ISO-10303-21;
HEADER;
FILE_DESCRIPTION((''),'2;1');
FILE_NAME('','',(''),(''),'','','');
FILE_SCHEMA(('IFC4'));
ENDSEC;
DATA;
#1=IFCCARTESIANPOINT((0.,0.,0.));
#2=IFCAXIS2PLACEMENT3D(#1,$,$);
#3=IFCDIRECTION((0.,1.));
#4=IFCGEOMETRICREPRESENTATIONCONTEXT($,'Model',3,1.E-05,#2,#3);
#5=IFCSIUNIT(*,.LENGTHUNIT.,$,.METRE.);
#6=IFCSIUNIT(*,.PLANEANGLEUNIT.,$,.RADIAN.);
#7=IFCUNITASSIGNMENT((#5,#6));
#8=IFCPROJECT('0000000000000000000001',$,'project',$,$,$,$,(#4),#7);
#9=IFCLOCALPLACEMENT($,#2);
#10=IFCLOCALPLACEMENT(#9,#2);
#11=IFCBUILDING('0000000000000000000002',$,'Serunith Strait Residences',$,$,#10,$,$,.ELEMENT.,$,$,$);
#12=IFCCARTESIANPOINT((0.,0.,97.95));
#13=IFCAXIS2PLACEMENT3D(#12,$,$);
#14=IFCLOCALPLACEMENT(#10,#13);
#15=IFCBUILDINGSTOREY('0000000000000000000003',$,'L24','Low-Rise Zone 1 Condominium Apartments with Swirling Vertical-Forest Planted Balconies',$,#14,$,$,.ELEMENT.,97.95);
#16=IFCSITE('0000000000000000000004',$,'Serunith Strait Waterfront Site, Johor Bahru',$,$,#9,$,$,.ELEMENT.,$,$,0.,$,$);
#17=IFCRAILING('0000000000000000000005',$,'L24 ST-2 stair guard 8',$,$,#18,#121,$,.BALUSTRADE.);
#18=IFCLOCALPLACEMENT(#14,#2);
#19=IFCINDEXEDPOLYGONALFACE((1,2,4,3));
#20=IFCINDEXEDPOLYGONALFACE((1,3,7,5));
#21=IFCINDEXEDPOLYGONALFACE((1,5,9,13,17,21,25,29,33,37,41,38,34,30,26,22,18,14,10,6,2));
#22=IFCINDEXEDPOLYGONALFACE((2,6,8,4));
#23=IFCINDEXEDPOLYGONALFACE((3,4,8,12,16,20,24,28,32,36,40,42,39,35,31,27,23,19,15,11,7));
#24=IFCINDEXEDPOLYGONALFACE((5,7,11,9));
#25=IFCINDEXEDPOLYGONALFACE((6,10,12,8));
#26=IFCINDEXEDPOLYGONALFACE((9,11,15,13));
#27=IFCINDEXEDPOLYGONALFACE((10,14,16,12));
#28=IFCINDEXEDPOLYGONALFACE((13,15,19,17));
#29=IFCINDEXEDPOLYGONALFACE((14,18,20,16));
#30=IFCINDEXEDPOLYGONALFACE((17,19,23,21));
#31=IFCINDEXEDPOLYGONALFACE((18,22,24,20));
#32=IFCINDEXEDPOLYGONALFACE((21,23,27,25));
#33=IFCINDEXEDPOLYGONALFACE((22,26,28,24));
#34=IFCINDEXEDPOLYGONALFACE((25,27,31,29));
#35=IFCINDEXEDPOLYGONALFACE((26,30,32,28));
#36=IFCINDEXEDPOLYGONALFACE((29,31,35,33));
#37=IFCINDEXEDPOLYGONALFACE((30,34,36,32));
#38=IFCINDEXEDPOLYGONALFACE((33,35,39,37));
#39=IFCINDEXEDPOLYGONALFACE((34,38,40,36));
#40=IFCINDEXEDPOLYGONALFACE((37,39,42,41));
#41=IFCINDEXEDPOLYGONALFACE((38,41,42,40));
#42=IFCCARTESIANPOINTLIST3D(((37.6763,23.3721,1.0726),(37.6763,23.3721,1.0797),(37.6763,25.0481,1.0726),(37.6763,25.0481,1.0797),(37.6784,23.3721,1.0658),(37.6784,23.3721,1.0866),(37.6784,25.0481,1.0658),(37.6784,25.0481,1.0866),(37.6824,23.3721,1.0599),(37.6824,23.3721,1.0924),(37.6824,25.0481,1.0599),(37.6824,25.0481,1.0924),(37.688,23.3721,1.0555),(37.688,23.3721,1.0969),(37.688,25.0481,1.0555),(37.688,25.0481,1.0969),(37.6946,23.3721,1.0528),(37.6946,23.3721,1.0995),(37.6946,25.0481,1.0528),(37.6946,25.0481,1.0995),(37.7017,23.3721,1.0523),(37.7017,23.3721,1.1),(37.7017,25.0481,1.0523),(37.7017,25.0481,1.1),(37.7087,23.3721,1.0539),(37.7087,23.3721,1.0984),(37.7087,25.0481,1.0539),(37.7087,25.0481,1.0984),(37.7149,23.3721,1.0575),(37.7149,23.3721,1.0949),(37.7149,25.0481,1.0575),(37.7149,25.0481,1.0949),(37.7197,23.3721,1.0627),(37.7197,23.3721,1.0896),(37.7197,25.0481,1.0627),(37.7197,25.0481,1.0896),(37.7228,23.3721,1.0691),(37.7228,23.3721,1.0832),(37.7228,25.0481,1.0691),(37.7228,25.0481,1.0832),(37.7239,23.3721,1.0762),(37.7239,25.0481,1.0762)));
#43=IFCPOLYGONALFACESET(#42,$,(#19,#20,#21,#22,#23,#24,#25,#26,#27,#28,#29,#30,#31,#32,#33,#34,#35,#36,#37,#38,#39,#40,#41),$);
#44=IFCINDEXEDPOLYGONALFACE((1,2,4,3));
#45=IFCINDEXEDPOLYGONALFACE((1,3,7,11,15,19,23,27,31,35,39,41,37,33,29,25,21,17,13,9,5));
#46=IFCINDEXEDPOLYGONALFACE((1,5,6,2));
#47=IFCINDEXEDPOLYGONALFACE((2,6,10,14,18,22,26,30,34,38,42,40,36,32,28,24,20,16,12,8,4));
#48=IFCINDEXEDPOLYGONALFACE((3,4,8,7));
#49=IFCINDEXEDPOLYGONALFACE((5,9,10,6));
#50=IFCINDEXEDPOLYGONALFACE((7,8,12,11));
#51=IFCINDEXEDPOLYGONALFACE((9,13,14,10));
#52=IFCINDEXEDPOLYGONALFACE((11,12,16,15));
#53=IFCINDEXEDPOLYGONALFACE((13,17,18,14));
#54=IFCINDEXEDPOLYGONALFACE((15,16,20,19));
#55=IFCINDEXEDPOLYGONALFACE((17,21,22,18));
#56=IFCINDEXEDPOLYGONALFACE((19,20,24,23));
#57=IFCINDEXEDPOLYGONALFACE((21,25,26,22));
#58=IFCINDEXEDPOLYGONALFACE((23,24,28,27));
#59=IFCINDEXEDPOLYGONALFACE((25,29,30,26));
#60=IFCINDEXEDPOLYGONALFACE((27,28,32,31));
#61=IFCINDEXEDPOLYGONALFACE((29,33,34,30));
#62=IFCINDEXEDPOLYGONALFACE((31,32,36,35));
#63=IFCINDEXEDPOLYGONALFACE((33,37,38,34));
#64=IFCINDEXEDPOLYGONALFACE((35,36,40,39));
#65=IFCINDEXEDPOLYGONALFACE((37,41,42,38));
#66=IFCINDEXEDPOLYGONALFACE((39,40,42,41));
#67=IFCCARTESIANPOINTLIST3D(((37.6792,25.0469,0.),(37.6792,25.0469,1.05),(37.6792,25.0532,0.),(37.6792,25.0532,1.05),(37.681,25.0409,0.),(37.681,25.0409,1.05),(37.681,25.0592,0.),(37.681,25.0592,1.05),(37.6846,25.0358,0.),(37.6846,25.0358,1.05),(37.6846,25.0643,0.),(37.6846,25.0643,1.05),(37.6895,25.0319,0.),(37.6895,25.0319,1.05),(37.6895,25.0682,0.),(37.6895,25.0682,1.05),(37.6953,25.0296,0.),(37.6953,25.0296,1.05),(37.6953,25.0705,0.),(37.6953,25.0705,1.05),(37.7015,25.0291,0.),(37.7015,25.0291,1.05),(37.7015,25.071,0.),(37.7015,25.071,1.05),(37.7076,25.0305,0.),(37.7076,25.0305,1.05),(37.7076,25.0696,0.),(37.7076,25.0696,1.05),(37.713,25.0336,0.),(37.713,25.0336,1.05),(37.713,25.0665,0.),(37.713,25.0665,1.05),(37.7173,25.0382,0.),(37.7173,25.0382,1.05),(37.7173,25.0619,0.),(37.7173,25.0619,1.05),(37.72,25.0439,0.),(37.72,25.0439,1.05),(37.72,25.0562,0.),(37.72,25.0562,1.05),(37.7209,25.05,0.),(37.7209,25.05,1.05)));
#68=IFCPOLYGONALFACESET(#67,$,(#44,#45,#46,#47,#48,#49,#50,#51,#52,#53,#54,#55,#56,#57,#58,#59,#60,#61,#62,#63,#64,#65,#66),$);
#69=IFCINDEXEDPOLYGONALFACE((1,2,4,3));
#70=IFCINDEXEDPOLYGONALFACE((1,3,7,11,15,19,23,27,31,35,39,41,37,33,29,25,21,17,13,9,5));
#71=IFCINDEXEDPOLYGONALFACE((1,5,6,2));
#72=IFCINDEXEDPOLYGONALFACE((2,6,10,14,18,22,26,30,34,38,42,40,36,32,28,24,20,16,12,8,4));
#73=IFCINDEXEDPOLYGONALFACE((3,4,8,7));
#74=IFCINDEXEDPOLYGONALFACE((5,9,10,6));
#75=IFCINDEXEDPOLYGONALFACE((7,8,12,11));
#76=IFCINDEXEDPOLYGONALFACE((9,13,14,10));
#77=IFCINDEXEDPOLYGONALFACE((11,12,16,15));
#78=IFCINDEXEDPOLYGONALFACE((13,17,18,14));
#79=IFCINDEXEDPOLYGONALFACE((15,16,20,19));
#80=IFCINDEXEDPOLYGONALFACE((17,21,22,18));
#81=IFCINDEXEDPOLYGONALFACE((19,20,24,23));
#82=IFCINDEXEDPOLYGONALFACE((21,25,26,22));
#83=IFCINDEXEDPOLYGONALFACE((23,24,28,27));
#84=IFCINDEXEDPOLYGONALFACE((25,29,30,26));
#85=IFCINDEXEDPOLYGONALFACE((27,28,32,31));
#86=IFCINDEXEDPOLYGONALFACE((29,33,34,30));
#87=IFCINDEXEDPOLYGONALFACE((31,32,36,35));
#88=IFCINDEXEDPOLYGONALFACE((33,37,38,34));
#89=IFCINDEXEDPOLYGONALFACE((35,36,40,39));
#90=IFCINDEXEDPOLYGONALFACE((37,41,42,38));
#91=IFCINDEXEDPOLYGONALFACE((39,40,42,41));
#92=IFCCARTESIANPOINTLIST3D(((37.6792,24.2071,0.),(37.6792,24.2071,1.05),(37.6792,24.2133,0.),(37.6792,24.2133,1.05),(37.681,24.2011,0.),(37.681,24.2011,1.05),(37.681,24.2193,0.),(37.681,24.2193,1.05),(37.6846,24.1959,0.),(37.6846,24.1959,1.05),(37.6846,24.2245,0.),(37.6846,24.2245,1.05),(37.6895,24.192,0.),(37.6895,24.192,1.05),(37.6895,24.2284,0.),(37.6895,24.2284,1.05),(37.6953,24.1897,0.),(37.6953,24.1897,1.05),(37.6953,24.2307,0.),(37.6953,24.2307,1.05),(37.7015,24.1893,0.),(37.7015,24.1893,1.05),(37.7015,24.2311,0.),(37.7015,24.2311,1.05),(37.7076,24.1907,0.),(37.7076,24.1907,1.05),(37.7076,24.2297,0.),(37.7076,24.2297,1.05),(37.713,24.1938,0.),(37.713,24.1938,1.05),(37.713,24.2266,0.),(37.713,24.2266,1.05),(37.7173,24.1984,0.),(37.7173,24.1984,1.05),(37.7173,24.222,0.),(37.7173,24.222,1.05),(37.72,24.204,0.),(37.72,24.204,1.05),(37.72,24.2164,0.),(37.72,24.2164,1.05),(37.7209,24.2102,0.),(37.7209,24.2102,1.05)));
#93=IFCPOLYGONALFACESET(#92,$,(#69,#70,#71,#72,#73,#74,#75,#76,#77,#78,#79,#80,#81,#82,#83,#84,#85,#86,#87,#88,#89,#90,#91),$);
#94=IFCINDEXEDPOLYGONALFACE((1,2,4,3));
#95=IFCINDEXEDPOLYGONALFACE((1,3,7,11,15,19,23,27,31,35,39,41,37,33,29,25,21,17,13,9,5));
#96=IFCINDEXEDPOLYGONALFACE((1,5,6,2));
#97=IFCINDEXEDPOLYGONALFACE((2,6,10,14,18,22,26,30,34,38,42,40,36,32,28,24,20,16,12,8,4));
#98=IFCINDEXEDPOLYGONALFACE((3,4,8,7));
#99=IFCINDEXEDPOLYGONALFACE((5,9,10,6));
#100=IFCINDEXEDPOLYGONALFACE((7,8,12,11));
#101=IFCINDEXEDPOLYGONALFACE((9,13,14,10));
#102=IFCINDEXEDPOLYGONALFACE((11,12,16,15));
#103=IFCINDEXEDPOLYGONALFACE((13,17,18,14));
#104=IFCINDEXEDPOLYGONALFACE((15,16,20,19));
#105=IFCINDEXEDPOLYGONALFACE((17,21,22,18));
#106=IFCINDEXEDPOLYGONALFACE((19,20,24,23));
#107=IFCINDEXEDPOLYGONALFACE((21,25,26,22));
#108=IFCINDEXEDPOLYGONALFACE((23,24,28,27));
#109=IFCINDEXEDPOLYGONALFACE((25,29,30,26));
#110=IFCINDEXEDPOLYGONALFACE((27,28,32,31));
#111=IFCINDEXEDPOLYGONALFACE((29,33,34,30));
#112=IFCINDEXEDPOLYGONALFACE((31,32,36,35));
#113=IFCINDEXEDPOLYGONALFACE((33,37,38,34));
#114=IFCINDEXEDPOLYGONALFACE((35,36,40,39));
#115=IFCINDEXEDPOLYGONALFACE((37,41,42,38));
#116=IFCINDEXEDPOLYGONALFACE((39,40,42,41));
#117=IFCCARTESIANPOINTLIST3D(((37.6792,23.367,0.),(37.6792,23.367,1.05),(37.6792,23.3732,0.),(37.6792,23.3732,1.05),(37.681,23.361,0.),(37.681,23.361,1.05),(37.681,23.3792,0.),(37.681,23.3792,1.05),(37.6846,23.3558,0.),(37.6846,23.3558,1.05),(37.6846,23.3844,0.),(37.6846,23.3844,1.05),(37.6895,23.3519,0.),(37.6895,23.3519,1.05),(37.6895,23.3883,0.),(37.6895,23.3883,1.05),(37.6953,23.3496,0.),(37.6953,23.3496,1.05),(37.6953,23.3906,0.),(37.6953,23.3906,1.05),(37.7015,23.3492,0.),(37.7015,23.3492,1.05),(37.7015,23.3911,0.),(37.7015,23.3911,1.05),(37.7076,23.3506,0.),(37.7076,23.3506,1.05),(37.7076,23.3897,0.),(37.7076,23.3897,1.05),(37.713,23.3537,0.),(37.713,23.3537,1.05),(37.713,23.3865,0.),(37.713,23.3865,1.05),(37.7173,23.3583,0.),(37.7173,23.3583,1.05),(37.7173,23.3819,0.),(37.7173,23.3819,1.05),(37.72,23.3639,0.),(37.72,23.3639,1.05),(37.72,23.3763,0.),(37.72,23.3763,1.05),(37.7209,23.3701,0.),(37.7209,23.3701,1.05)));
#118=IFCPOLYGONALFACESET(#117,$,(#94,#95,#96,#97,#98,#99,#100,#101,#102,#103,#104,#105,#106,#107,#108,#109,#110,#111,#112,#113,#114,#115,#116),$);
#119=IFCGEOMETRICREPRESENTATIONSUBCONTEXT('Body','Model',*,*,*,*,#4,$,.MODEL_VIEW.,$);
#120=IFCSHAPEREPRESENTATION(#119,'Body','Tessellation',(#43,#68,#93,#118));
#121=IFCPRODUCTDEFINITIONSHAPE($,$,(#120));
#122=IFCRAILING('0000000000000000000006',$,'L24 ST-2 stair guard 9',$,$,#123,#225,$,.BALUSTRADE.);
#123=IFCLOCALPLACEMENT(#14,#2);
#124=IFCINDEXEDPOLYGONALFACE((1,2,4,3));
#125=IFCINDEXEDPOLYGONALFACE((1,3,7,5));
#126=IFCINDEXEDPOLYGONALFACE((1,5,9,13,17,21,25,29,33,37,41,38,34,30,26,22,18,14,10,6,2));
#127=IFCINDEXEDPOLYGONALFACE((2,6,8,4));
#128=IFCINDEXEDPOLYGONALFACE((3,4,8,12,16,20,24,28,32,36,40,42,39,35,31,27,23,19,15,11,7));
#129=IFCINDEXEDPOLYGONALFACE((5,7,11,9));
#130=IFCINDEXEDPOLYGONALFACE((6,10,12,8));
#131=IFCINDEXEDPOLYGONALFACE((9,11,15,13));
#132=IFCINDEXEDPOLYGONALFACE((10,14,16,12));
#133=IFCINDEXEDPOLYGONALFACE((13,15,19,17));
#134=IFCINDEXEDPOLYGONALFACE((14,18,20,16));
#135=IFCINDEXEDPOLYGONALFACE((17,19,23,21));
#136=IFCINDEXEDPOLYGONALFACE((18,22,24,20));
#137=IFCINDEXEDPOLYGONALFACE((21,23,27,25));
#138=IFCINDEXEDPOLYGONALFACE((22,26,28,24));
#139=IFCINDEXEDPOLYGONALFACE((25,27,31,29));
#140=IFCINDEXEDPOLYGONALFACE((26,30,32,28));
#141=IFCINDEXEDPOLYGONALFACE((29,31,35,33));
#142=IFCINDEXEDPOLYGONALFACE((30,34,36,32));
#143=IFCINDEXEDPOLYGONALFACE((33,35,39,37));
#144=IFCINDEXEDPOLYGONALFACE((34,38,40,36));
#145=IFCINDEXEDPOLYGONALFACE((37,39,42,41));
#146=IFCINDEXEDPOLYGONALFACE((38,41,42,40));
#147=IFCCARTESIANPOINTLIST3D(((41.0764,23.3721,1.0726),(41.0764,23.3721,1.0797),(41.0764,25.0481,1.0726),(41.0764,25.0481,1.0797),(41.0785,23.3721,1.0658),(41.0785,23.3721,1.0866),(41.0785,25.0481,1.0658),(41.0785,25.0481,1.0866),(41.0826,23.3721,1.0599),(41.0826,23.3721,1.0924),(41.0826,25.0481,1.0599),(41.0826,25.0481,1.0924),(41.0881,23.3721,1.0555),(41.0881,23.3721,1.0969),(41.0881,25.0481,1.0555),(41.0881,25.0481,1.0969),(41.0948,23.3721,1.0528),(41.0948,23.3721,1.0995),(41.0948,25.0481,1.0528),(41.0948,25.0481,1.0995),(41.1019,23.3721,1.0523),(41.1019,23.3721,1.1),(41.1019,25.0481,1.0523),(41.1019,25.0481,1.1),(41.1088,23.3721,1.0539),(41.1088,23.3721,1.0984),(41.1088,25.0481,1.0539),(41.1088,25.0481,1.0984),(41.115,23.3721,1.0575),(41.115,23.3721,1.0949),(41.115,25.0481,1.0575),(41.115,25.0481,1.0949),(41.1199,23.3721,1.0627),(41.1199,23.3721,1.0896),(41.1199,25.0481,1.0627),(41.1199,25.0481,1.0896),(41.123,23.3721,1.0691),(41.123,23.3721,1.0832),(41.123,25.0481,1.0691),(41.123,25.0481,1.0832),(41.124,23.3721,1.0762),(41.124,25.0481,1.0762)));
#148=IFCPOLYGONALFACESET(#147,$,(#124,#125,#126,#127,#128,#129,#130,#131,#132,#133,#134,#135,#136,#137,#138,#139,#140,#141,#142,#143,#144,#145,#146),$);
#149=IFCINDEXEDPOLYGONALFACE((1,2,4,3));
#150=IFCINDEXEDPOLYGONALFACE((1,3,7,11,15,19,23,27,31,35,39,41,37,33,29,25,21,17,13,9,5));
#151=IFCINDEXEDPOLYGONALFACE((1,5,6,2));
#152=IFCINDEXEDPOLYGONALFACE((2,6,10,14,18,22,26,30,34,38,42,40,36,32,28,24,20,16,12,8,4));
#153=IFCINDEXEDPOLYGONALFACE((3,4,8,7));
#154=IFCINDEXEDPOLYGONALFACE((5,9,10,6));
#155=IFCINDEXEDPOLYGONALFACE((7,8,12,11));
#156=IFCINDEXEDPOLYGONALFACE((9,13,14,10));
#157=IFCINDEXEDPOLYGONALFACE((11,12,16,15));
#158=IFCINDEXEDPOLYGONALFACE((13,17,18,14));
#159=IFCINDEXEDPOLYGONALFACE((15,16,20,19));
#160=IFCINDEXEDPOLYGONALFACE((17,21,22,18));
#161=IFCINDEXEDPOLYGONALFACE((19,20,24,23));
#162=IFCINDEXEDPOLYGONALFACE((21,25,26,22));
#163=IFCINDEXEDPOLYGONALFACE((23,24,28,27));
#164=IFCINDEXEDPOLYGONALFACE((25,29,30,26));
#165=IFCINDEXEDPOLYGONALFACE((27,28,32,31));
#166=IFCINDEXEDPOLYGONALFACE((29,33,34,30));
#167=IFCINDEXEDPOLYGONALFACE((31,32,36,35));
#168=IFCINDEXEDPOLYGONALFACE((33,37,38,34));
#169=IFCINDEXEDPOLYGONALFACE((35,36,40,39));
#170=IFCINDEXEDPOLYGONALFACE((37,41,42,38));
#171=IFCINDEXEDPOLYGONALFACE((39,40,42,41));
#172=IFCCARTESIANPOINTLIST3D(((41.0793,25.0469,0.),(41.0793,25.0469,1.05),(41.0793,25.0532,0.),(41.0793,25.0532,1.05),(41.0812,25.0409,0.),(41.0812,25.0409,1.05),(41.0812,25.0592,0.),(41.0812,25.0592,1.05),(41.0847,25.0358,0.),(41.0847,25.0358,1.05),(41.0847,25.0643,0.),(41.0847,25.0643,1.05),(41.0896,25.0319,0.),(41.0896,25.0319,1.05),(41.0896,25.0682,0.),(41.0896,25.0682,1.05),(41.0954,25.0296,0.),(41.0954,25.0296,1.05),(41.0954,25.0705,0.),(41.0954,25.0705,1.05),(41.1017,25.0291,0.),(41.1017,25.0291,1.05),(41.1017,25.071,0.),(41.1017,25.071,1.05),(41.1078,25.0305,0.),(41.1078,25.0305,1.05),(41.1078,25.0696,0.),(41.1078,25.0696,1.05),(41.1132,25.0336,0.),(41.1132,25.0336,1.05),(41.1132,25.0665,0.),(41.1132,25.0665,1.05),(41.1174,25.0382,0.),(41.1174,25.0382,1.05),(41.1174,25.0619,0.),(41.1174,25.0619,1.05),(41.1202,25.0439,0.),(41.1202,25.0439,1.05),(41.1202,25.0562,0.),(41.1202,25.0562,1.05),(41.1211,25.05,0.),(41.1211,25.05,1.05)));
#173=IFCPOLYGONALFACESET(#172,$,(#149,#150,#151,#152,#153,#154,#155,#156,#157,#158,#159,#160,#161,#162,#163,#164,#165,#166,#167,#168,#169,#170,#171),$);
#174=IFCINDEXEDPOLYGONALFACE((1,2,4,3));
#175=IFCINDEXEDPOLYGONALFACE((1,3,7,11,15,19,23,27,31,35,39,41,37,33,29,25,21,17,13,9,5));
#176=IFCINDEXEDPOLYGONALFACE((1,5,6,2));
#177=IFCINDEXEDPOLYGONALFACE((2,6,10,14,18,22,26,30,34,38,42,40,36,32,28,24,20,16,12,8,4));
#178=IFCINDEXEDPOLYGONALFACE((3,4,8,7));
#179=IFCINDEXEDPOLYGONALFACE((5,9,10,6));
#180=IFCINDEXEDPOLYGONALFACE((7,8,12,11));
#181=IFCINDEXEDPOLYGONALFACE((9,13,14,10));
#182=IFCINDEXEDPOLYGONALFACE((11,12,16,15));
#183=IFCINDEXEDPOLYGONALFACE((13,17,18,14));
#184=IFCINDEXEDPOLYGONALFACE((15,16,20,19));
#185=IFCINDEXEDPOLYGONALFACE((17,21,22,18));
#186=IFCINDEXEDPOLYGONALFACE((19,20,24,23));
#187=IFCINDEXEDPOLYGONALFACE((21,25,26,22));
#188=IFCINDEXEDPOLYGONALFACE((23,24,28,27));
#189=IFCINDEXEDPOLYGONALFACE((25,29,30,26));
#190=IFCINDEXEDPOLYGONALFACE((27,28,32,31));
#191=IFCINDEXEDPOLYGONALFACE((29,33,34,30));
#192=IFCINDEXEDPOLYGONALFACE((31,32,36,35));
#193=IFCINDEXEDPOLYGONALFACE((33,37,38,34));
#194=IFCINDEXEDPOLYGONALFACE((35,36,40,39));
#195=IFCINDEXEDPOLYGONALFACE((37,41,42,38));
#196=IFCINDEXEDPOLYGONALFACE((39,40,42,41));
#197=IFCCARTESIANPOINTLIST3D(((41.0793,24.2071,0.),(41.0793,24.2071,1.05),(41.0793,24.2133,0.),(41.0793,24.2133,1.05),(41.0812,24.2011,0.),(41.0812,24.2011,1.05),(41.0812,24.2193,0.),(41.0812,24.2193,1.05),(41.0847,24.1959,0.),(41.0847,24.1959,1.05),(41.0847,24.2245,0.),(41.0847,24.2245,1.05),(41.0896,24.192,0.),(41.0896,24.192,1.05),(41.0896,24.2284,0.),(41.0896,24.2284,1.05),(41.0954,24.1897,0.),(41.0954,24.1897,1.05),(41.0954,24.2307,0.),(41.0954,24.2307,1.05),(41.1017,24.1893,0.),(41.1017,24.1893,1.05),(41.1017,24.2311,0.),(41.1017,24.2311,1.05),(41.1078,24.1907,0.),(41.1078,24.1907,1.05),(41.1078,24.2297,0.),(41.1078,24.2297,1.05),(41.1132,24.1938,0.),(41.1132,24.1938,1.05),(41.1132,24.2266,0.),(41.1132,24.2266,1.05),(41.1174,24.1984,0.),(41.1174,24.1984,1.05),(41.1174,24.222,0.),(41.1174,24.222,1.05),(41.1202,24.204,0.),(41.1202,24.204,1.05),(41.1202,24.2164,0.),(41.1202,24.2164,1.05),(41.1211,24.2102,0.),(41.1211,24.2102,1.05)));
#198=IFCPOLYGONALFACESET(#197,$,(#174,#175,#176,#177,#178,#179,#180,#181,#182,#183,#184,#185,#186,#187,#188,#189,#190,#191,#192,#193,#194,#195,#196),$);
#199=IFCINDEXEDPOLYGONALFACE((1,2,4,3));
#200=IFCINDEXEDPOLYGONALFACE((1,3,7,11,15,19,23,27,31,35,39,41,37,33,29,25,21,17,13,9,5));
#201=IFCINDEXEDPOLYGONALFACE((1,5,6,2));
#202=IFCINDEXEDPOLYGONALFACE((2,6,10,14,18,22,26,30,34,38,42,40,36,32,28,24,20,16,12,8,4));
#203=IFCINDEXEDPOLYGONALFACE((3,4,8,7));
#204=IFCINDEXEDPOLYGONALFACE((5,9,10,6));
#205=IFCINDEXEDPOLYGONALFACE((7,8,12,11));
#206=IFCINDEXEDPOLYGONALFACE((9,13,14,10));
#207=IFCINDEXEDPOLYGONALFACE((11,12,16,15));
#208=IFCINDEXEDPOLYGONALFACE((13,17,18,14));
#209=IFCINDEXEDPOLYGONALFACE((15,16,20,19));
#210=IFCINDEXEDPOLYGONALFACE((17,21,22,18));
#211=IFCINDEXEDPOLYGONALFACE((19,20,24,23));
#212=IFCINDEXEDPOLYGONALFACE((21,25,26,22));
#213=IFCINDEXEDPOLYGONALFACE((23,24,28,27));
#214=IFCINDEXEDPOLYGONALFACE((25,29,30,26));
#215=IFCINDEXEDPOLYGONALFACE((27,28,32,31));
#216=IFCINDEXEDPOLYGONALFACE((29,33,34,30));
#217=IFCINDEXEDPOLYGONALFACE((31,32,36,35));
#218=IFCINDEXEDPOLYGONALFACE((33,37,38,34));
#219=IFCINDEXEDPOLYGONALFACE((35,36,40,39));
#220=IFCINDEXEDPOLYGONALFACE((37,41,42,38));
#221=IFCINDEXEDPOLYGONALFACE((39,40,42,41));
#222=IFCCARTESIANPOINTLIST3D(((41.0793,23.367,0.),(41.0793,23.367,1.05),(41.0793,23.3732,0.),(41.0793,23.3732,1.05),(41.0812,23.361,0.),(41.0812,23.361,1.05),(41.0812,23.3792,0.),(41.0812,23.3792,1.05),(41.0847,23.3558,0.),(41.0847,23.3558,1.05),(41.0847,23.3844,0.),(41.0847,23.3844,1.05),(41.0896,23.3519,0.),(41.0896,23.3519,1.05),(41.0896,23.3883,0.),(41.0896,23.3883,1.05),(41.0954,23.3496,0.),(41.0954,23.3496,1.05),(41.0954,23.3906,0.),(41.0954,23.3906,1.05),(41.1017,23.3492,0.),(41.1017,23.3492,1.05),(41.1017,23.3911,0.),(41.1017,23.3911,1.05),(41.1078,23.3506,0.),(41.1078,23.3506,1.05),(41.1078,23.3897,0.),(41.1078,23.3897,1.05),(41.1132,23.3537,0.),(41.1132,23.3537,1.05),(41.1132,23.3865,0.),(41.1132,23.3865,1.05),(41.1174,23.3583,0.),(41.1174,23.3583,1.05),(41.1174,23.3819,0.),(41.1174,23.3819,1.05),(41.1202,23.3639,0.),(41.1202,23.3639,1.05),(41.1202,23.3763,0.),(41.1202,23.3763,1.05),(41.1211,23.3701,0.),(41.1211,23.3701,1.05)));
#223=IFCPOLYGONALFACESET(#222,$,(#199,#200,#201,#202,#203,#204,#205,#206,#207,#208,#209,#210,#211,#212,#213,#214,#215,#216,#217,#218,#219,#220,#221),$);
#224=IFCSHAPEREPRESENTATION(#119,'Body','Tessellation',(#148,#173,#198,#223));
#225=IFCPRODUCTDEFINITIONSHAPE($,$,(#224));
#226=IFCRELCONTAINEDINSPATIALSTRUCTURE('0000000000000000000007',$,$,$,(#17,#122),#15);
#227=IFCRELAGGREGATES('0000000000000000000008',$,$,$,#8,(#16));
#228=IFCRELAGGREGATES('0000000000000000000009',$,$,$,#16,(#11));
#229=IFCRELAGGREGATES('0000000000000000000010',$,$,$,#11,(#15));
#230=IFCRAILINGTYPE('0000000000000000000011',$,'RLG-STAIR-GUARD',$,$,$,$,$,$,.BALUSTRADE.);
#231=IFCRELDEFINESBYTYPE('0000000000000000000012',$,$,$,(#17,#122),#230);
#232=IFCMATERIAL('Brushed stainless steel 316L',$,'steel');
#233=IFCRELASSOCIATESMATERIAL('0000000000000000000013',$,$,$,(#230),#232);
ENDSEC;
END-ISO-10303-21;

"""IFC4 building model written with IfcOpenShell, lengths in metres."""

from ifc_helpers import new_model, si_unit, direction, frame, origin, origin_2d, place, context, subcontext, project, spatial, circle, extrude, material, type_object, element, save


model = new_model("IFC4")

# Units and contexts
model_context = context("Model", 3, precision=1e-05, world=origin(), true_north=direction((0.0, 1.0)))
body_context = subcontext(model_context, "Body", "Model", "MODEL_VIEW")
ifc_project = project(units=[si_unit("LENGTHUNIT", "METRE"), si_unit("PLANEANGLEUNIT", "RADIAN")], contexts=[model_context])

# Site, building, storey
site_placement = place(None, origin())
site = spatial("IfcSite", under=ifc_project, at=site_placement, Name="Serunith Strait Waterfront Site, Johor Bahru", CompositionType="ELEMENT", RefElevation=0.0)
building_placement = place(site_placement, origin())
building = spatial("IfcBuilding", under=site, at=building_placement, Name="Serunith Strait Residences", CompositionType="ELEMENT")
storey_placement = place(building_placement, frame((0.0, 0.0, 97.95)))
storey = spatial("IfcBuildingStorey", under=building, at=storey_placement, Name="L24", Description="Low-Rise Zone 1 Condominium Apartments with Swirling Vertical-Forest Planted Balconies", CompositionType="ELEMENT", Elevation=97.95)

# Railings
ifc_material_1 = material(Name="Brushed stainless steel 316L", Category="steel")
railing_type = type_object("IfcRailingType", Name="RLG-STAIR-GUARD", PredefinedType="BALUSTRADE", material=ifc_material_1)
for number, where, name in (
    (1, (37.7, 25.05, 0.0), "L24 ST-2 stair guard 8"),
    (2, (41.1001, 25.05, 0.0), "L24 ST-2 stair guard 9"),
):
    element("IfcRailing", number, at=place(storey_placement, frame(where)), inside=storey, type_object=railing_type, Name=name, PredefinedType="BALUSTRADE", context=body_context, shape_type="SweptSolid", body=[
        extrude(circle(Radius=0.0239, at=origin_2d()), frame((0.0, -0.002, 1.0762), z_axis=(0.0, -1.0, 0.0), x_axis=(1.0, 0.0, 0.0)), (0.0, 0.0, 1.0), 1.676),
        extrude(circle(Radius=0.021, at=origin_2d()), origin(), (0.0, 0.0, 1.0), 1.05),
        extrude(circle(Radius=0.021, at=origin_2d()), frame((0.0, -0.8398, 0.0)), (0.0, 0.0, 1.0), 1.05),
        extrude(circle(Radius=0.021, at=origin_2d()), frame((0.0, -1.6799, 0.0)), (0.0, 0.0, 1.0), 1.05),
    ])

save(model, "model.ifc")
